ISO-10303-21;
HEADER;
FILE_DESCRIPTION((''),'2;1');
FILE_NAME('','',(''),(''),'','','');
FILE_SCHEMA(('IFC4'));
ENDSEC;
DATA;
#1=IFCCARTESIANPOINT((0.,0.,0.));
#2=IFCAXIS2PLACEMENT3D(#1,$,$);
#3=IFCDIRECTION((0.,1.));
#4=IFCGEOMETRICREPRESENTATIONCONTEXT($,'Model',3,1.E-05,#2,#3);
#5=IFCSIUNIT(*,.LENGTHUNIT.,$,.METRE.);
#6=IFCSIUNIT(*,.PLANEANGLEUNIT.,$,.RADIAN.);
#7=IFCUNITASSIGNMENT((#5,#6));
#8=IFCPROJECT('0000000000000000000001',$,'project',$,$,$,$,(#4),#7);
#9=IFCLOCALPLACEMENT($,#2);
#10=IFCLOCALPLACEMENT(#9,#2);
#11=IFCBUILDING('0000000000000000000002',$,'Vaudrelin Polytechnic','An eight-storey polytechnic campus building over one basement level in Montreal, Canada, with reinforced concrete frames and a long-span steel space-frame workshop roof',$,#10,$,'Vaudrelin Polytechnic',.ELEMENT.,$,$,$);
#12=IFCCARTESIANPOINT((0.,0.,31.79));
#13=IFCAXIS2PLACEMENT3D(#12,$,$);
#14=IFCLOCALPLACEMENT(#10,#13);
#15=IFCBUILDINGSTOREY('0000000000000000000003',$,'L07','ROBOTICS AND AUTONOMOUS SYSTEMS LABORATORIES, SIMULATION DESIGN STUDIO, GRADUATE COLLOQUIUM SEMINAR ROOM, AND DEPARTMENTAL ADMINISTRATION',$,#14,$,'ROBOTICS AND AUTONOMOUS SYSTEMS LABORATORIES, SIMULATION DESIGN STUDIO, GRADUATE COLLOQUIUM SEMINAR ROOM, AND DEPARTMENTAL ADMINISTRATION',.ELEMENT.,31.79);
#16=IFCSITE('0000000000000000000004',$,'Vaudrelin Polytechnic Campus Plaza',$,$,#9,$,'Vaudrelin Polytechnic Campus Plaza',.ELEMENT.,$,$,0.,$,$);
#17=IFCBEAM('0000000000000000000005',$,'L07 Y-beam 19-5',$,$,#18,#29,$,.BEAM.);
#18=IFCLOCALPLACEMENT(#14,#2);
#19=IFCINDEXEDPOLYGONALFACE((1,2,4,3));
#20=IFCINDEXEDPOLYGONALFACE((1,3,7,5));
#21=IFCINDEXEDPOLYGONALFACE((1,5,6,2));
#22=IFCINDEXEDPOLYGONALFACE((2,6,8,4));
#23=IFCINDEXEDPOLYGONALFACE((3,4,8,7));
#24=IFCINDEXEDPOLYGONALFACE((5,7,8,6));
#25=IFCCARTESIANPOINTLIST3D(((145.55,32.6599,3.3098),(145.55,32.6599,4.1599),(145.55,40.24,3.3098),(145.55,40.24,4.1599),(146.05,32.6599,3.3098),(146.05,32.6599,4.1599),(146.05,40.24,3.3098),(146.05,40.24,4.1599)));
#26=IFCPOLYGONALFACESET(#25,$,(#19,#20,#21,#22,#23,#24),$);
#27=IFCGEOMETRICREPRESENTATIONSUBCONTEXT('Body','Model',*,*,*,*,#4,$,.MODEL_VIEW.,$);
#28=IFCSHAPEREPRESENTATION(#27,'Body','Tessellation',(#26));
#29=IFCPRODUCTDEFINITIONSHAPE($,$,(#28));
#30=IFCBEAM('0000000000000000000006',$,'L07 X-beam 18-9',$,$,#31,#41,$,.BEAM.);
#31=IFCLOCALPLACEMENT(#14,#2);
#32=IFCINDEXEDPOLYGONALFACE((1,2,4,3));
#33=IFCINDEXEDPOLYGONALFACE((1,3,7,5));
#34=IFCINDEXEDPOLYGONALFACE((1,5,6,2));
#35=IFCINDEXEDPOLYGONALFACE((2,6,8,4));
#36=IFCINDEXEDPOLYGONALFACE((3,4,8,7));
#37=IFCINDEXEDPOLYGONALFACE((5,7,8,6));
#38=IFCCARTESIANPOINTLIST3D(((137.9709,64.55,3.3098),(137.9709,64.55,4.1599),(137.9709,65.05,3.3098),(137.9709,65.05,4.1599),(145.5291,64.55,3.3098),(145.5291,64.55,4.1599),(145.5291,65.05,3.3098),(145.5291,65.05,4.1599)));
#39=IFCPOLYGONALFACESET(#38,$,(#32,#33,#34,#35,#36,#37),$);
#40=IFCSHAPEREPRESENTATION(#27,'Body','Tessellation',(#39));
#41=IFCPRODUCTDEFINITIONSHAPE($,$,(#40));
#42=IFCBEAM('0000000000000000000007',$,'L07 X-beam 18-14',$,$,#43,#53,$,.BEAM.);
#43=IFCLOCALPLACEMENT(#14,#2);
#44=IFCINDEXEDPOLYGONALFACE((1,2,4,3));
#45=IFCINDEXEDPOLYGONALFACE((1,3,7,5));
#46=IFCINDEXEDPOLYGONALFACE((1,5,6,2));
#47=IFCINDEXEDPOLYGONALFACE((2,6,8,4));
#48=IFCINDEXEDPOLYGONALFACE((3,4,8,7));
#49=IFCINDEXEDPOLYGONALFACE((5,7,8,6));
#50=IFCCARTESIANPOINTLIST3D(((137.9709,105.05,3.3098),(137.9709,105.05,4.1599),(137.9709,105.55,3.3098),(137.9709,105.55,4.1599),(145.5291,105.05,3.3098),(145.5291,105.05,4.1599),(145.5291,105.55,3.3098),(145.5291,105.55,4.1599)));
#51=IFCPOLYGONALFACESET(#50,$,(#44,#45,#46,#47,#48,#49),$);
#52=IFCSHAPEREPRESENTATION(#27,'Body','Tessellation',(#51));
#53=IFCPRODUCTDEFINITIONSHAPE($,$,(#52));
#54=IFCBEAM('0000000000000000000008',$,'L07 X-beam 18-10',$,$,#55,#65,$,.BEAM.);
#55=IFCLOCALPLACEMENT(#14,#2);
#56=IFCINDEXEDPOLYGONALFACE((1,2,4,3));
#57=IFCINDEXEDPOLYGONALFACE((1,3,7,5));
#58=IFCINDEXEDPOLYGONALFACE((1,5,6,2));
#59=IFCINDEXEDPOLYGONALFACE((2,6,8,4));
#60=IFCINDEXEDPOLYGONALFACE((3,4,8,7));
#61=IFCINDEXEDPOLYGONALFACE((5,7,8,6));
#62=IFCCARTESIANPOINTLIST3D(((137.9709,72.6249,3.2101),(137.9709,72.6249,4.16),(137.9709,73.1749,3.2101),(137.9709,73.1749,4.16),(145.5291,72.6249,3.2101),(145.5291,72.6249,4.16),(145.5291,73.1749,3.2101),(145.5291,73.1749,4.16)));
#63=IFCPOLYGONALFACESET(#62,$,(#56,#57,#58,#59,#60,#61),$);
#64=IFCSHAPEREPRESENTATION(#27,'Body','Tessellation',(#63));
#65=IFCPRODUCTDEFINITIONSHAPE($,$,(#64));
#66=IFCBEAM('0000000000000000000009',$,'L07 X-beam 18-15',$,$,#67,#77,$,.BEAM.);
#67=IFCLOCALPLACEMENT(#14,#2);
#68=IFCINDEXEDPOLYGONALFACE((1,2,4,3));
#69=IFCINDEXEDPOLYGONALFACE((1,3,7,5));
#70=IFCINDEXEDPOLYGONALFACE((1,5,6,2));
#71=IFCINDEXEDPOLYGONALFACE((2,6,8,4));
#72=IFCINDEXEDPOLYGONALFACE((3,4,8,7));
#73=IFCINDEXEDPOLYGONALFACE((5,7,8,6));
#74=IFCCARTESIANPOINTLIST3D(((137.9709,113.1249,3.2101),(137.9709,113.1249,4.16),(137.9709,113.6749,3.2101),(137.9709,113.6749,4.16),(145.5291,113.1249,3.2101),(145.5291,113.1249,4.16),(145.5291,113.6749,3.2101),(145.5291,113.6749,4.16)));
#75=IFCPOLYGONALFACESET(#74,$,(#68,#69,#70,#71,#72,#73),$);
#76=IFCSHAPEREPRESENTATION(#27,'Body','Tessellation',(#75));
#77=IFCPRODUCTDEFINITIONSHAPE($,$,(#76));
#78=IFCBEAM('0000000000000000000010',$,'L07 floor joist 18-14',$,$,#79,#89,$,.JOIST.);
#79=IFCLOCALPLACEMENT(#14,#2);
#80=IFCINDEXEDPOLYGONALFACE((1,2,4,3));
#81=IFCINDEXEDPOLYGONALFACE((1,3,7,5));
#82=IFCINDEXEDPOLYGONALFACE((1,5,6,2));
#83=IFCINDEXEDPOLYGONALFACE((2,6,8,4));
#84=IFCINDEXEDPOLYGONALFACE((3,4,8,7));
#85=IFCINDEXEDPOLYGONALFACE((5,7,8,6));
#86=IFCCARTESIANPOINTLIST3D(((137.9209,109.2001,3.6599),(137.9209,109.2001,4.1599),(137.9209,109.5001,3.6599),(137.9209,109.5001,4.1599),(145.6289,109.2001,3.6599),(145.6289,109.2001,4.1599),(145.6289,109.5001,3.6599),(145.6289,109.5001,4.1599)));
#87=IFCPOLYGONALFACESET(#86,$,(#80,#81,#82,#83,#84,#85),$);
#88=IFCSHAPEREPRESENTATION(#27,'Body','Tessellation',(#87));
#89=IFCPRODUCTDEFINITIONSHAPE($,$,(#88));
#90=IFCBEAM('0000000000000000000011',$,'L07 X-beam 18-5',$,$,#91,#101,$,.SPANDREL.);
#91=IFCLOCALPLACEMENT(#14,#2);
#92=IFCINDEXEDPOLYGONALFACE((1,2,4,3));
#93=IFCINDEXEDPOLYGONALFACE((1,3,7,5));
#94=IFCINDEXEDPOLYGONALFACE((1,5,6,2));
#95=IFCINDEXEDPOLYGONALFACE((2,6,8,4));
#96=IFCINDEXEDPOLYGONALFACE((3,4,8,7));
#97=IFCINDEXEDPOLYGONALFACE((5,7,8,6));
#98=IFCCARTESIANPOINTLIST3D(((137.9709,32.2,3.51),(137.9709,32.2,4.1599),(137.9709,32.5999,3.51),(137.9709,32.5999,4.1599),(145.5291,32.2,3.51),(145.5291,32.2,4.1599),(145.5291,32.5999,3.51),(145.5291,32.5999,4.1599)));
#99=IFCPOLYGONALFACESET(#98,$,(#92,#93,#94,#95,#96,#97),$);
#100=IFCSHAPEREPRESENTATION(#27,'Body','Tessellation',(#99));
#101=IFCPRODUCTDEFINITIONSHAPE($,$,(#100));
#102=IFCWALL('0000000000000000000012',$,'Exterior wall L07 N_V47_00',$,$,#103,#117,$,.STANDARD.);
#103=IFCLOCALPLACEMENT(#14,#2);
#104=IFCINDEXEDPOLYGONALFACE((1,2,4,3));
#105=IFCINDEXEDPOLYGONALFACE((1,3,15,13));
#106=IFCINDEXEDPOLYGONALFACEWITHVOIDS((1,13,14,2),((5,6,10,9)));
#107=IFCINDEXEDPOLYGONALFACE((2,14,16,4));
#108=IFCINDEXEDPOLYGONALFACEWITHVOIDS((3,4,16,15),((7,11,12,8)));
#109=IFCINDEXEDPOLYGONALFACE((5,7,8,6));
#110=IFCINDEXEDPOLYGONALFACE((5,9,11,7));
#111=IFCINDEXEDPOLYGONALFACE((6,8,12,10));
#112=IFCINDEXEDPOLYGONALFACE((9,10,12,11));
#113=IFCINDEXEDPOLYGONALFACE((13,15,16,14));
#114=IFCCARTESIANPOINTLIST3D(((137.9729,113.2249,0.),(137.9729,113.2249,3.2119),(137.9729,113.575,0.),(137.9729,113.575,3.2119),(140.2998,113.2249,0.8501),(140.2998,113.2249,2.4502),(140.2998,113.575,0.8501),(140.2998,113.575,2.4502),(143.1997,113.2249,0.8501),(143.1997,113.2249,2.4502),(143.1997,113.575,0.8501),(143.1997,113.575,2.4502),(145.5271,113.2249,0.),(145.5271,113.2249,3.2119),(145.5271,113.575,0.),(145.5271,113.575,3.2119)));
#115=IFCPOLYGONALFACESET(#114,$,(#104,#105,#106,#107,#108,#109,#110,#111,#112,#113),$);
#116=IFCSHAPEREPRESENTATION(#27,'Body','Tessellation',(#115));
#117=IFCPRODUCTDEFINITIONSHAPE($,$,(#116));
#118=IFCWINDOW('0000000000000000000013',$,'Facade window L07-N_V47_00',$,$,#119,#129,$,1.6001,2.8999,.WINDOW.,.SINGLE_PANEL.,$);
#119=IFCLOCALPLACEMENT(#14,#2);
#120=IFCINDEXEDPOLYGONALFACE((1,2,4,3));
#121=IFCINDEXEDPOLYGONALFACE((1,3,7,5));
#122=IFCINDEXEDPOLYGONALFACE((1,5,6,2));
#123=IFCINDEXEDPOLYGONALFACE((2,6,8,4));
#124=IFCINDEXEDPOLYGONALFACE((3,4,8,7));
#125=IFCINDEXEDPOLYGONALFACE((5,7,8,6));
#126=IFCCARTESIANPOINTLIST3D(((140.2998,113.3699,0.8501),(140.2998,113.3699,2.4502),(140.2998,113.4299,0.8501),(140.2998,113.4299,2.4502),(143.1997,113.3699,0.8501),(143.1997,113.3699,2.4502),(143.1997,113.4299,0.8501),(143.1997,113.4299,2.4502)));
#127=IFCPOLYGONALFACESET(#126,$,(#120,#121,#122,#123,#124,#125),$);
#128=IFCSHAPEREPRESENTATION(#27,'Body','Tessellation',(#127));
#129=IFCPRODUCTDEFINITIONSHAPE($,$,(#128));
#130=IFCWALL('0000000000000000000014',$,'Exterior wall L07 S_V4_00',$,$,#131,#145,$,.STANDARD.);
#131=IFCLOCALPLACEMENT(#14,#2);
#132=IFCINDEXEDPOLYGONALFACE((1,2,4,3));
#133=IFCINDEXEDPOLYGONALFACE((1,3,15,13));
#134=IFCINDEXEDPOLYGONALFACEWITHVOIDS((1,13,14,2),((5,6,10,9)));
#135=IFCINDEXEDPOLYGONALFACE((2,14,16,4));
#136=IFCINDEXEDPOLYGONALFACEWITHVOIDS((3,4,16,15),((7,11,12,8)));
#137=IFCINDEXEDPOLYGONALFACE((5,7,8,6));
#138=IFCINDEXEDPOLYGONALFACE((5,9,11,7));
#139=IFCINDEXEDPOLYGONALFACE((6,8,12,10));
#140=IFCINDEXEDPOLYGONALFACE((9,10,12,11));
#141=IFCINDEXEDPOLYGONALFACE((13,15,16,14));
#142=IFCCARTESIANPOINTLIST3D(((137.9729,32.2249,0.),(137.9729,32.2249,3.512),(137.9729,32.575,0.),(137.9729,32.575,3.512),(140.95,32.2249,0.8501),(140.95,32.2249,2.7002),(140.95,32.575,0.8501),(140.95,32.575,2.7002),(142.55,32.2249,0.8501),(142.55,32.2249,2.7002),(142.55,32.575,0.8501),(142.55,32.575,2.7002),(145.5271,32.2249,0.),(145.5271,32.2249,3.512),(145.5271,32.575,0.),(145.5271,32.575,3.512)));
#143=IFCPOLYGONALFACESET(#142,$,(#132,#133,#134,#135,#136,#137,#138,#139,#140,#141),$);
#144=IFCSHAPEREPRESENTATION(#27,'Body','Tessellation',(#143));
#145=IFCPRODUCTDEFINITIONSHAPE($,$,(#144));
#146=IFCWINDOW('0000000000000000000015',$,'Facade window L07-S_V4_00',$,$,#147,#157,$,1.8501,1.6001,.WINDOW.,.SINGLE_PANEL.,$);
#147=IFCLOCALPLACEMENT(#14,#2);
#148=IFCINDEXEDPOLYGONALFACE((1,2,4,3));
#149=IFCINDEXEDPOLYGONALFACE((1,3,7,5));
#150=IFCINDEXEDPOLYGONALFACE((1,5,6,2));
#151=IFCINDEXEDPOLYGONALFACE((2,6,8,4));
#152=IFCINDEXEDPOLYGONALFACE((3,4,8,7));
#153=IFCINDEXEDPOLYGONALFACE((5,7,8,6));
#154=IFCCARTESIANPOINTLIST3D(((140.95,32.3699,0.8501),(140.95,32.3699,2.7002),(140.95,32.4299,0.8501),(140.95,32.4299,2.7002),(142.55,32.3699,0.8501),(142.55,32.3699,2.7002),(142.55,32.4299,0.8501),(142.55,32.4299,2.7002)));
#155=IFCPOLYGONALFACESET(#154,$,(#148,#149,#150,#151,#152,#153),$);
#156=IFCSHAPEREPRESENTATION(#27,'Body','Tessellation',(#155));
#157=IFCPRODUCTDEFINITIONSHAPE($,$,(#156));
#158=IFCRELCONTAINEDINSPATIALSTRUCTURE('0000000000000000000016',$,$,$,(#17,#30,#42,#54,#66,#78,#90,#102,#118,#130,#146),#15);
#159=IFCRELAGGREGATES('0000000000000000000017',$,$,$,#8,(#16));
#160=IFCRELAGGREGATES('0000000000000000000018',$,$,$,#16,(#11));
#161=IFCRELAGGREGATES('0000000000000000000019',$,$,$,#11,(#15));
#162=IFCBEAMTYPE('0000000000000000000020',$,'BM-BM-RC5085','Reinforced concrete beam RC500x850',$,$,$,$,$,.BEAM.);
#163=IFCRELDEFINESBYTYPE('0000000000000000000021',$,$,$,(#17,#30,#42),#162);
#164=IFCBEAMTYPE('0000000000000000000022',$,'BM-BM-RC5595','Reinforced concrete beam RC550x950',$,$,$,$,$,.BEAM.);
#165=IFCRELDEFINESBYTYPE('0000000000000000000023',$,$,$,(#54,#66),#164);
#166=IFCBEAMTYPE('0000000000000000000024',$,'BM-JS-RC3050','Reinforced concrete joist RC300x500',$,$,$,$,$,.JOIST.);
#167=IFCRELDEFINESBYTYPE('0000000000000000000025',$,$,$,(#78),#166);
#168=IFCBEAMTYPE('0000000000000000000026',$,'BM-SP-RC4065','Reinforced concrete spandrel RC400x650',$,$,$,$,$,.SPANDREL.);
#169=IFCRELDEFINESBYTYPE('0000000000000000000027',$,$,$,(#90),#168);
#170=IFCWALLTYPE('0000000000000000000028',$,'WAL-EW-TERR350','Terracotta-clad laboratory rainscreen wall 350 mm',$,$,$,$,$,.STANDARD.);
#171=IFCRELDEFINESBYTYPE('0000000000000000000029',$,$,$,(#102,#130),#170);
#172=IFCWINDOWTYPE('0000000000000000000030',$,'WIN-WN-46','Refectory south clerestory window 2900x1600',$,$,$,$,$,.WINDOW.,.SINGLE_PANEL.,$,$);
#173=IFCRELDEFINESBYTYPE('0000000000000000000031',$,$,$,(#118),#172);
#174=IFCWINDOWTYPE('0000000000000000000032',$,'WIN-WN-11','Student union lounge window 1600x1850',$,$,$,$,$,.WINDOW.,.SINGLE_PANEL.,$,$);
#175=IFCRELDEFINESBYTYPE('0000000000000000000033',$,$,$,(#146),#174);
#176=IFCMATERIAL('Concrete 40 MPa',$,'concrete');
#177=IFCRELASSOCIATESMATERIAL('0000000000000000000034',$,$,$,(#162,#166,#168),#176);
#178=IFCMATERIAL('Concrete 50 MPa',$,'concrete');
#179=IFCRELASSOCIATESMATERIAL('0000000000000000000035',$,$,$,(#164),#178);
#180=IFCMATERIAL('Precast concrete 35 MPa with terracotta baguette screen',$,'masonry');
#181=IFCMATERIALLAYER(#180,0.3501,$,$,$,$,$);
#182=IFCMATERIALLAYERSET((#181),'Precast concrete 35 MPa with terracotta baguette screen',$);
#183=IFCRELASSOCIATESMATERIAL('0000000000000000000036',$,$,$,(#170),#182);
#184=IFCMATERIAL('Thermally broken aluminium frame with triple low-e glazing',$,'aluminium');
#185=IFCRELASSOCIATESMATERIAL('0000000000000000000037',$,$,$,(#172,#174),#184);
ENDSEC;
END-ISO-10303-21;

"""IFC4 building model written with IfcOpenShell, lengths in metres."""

from ifc_helpers import new_model, si_unit, direction, frame, frame_2d, origin, origin_2d, place, context, subcontext, project, spatial, rectangle, extrude, material, layer, layer_set, material_profile, profile_set, type_object, element, fill, save


model = new_model("IFC4")

# Units and contexts
model_context = context("Model", 3, precision=1e-05, world=origin(), true_north=direction((0.0, 1.0)))
body_context = subcontext(model_context, "Body", "Model", "MODEL_VIEW")
ifc_project = project(units=[si_unit("LENGTHUNIT", "METRE"), si_unit("PLANEANGLEUNIT", "RADIAN")], contexts=[model_context])

# Site, building, storey
site_placement = place(None, origin())
site = spatial("IfcSite", under=ifc_project, at=site_placement, Name="Vaudrelin Polytechnic Campus Plaza", LongName="Vaudrelin Polytechnic Campus Plaza", CompositionType="ELEMENT", RefElevation=0.0)
building_placement = place(site_placement, origin())
building = spatial("IfcBuilding", under=site, at=building_placement, Name="Vaudrelin Polytechnic", Description="An eight-storey polytechnic campus building over one basement level in Montreal, Canada, with reinforced concrete frames and a long-span steel space-frame workshop roof", LongName="Vaudrelin Polytechnic", CompositionType="ELEMENT")
storey_placement = place(building_placement, frame((0.0, 0.0, 31.79)))
storey = spatial("IfcBuildingStorey", under=building, at=storey_placement, Name="L07", Description="ROBOTICS AND AUTONOMOUS SYSTEMS LABORATORIES, SIMULATION DESIGN STUDIO, GRADUATE COLLOQUIUM SEMINAR ROOM, AND DEPARTMENTAL ADMINISTRATION", LongName="ROBOTICS AND AUTONOMOUS SYSTEMS LABORATORIES, SIMULATION DESIGN STUDIO, GRADUATE COLLOQUIUM SEMINAR ROOM, AND DEPARTMENTAL ADMINISTRATION", CompositionType="ELEMENT", Elevation=31.79)

# Shared definitions
ifc_material_1 = material(Name="Concrete 40 MPa", Category="concrete")

# Beams
ifc_material_profile_1 = material_profile(ifc_material_1, rectangle(XDim=0.5, YDim=0.8501, at=origin_2d()), Name="RC500x850")
ifc_profile_set_1 = profile_set([ifc_material_profile_1], Name="Concrete 40 MPa")
beam_type_1 = type_object("IfcBeamType", Name="BM-BM-RC5085", Description="Reinforced concrete beam RC500x850", PredefinedType="BEAM", material=ifc_profile_set_1)
beam_1_placement = place(storey_placement, frame((145.8, 32.6599, 3.7349), z_axis=(0.0, 1.0, 0.0), x_axis=(-1.0, 0.0, 0.0)))
element("IfcBeam", 1, at=beam_1_placement, inside=storey, type_object=beam_type_1, Name="L07 Y-beam 19-5", PredefinedType="BEAM", context=body_context, shape_type="SweptSolid", body=[
    extrude(rectangle(XDim=0.5, YDim=0.8501, at=origin_2d()), origin(), (0.0, 0.0, 1.0), 7.5801),
])
for number, where, z_axis, x_axis, name in (
    (2, (137.9709, 64.8, 3.7349), (1.0, 0.0, 0.0), (0.0, 1.0, 0.0), "L07 X-beam 18-9"),
    (3, (137.9709, 105.3, 3.7349), (1.0, 0.0, 0.0), (0.0, 1.0, 0.0), "L07 X-beam 18-14"),
):
    element("IfcBeam", number, at=place(storey_placement, frame(where, z_axis=z_axis, x_axis=x_axis)), inside=storey, type_object=beam_type_1, Name=name, PredefinedType="BEAM", context=body_context, shape_type="SweptSolid", body=[
        extrude(rectangle(XDim=0.5, YDim=0.8501, at=origin_2d()), origin(), (0.0, 0.0, 1.0), 7.5581),
    ])
ifc_material_2 = material(Name="Concrete 50 MPa", Category="concrete")
ifc_material_profile_2 = material_profile(ifc_material_2, rectangle(XDim=0.55, YDim=0.95, at=origin_2d()), Name="RC550x950")
ifc_profile_set_2 = profile_set([ifc_material_profile_2], Name="Concrete 50 MPa")
beam_type_2 = type_object("IfcBeamType", Name="BM-BM-RC5595", Description="Reinforced concrete beam RC550x950", PredefinedType="BEAM", material=ifc_profile_set_2)
for number, where, z_axis, x_axis, name in (
    (4, (137.9709, 72.8999, 3.6851), (1.0, 0.0, 0.0), (0.0, 1.0, 0.0), "L07 X-beam 18-10"),
    (5, (137.9709, 113.3999, 3.6851), (1.0, 0.0, 0.0), (0.0, 1.0, 0.0), "L07 X-beam 18-15"),
):
    element("IfcBeam", number, at=place(storey_placement, frame(where, z_axis=z_axis, x_axis=x_axis)), inside=storey, type_object=beam_type_2, Name=name, PredefinedType="BEAM", context=body_context, shape_type="SweptSolid", body=[
        extrude(rectangle(XDim=0.55, YDim=0.95, at=origin_2d()), origin(), (0.0, 0.0, 1.0), 7.5581),
    ])
ifc_material_profile_3 = material_profile(ifc_material_1, rectangle(XDim=0.3, YDim=0.5, at=origin_2d()), Name="RC300x500")
ifc_profile_set_3 = profile_set([ifc_material_profile_3], Name="Concrete 40 MPa")
beam_type_3 = type_object("IfcBeamType", Name="BM-JS-RC3050", Description="Reinforced concrete joist RC300x500", PredefinedType="JOIST", material=ifc_profile_set_3)
beam_2_placement = place(storey_placement, frame((137.9209, 109.3501, 3.9099), z_axis=(1.0, 0.0, 0.0), x_axis=(0.0, 1.0, 0.0)))
element("IfcBeam", 6, at=beam_2_placement, inside=storey, type_object=beam_type_3, Name="L07 floor joist 18-14", PredefinedType="JOIST", context=body_context, shape_type="SweptSolid", body=[
    extrude(rectangle(XDim=0.3, YDim=0.5, at=origin_2d()), origin(), (0.0, 0.0, 1.0), 7.708),
])
ifc_material_profile_4 = material_profile(ifc_material_1, rectangle(XDim=0.3999, YDim=0.6499, at=origin_2d()), Name="RC400x650")
ifc_profile_set_4 = profile_set([ifc_material_profile_4], Name="Concrete 40 MPa")
beam_type_4 = type_object("IfcBeamType", Name="BM-SP-RC4065", Description="Reinforced concrete spandrel RC400x650", PredefinedType="SPANDREL", material=ifc_profile_set_4)
beam_3_placement = place(storey_placement, frame((137.9709, 32.3999, 3.835), z_axis=(1.0, 0.0, 0.0), x_axis=(0.0, 1.0, 0.0)))
element("IfcBeam", 7, at=beam_3_placement, inside=storey, type_object=beam_type_4, Name="L07 X-beam 18-5", PredefinedType="SPANDREL", context=body_context, shape_type="SweptSolid", body=[
    extrude(rectangle(XDim=0.3999, YDim=0.6499, at=origin_2d()), origin(), (0.0, 0.0, 1.0), 7.5581),
])

# Walls, openings, windows
ifc_material_3 = material(Name="Precast concrete 35 MPa with terracotta baguette screen", Category="masonry")
ifc_layer_1 = layer(ifc_material_3, 0.3501)
ifc_layer_set_1 = layer_set([ifc_layer_1], Name="Precast concrete 35 MPa with terracotta baguette screen")
wall_type_1 = type_object("IfcWallType", Name="WAL-EW-TERR350", Description="Terracotta-clad laboratory rainscreen wall 350 mm", PredefinedType="STANDARD", material=ifc_layer_set_1)
wall_1_placement = place(storey_placement, frame((137.9729, 113.3999, 0.0), z_axis=(0.0, 0.0, 1.0), x_axis=(1.0, 0.0, 0.0)))
wall_1 = element("IfcWall", 8, at=wall_1_placement, inside=storey, type_object=wall_type_1, Name="Exterior wall L07 N_V47_00", PredefinedType="STANDARD", context=body_context, shape_type="SweptSolid", body=[
    extrude(rectangle(XDim=7.5542, YDim=0.3501, at=frame_2d((3.7771, 0.0))), origin(), (0.0, 0.0, 1.0), 3.2119),
])
opening_1_placement = place(wall_1_placement, frame((2.3269, 0.0, 0.8501)))
opening_1 = element("IfcOpeningElement", 9, at=opening_1_placement, cuts=wall_1, PredefinedType="OPENING", context=body_context, shape_type="SweptSolid", body=[
    extrude(rectangle(XDim=2.8999, YDim=1.6001, at=frame_2d((1.45, 0.8))), frame((0.0, 0.1851, 0.0), z_axis=(0.0, -1.0, 0.0), x_axis=(1.0, 0.0, 0.0)), (0.0, 0.0, 1.0), 0.3701),
])
ifc_material_4 = material(Name="Thermally broken aluminium frame with triple low-e glazing", Category="aluminium")
window_type_1 = type_object("IfcWindowType", Name="WIN-WN-46", Description="Refectory south clerestory window 2900x1600", PartitioningType="SINGLE_PANEL", PredefinedType="WINDOW", material=ifc_material_4)
window_1_placement = place(opening_1_placement, origin())
window_1 = element("IfcWindow", 10, at=window_1_placement, inside=storey, type_object=window_type_1, Name="Facade window L07-N_V47_00", OverallHeight=1.6001, OverallWidth=2.8999, PartitioningType="SINGLE_PANEL", PredefinedType="WINDOW", context=body_context, shape_type="SweptSolid", body=[
    extrude(rectangle(XDim=2.8999, YDim=1.6001, at=frame_2d((1.45, 0.8))), frame((0.0, 0.03, 0.0), z_axis=(0.0, -1.0, 0.0), x_axis=(1.0, 0.0, 0.0)), (0.0, 0.0, 1.0), 0.0601),
])
fill(opening_1, window_1)
wall_2_placement = place(storey_placement, frame((137.9729, 32.3999, 0.0), z_axis=(0.0, 0.0, 1.0), x_axis=(1.0, 0.0, 0.0)))
wall_2 = element("IfcWall", 11, at=wall_2_placement, inside=storey, type_object=wall_type_1, Name="Exterior wall L07 S_V4_00", PredefinedType="STANDARD", context=body_context, shape_type="SweptSolid", body=[
    extrude(rectangle(XDim=7.5542, YDim=0.3501, at=frame_2d((3.7771, 0.0))), origin(), (0.0, 0.0, 1.0), 3.512),
])
opening_2_placement = place(wall_2_placement, frame((2.9771, 0.0, 0.8501)))
opening_2 = element("IfcOpeningElement", 12, at=opening_2_placement, cuts=wall_2, PredefinedType="OPENING", context=body_context, shape_type="SweptSolid", body=[
    extrude(rectangle(XDim=1.6001, YDim=1.8501, at=frame_2d((0.8, 0.925))), frame((0.0, 0.1851, 0.0), z_axis=(0.0, -1.0, 0.0), x_axis=(1.0, 0.0, 0.0)), (0.0, 0.0, 1.0), 0.3701),
])
window_type_2 = type_object("IfcWindowType", Name="WIN-WN-11", Description="Student union lounge window 1600x1850", PartitioningType="SINGLE_PANEL", PredefinedType="WINDOW", material=ifc_material_4)
window_2_placement = place(opening_2_placement, origin())
window_2 = element("IfcWindow", 13, at=window_2_placement, inside=storey, type_object=window_type_2, Name="Facade window L07-S_V4_00", OverallHeight=1.8501, OverallWidth=1.6001, PartitioningType="SINGLE_PANEL", PredefinedType="WINDOW", context=body_context, shape_type="SweptSolid", body=[
    extrude(rectangle(XDim=1.6001, YDim=1.8501, at=frame_2d((0.8, 0.925))), frame((0.0, 0.03, 0.0), z_axis=(0.0, -1.0, 0.0), x_axis=(1.0, 0.0, 0.0)), (0.0, 0.0, 1.0), 0.0601),
])
fill(opening_2, window_2)

save(model, "model.ifc")
